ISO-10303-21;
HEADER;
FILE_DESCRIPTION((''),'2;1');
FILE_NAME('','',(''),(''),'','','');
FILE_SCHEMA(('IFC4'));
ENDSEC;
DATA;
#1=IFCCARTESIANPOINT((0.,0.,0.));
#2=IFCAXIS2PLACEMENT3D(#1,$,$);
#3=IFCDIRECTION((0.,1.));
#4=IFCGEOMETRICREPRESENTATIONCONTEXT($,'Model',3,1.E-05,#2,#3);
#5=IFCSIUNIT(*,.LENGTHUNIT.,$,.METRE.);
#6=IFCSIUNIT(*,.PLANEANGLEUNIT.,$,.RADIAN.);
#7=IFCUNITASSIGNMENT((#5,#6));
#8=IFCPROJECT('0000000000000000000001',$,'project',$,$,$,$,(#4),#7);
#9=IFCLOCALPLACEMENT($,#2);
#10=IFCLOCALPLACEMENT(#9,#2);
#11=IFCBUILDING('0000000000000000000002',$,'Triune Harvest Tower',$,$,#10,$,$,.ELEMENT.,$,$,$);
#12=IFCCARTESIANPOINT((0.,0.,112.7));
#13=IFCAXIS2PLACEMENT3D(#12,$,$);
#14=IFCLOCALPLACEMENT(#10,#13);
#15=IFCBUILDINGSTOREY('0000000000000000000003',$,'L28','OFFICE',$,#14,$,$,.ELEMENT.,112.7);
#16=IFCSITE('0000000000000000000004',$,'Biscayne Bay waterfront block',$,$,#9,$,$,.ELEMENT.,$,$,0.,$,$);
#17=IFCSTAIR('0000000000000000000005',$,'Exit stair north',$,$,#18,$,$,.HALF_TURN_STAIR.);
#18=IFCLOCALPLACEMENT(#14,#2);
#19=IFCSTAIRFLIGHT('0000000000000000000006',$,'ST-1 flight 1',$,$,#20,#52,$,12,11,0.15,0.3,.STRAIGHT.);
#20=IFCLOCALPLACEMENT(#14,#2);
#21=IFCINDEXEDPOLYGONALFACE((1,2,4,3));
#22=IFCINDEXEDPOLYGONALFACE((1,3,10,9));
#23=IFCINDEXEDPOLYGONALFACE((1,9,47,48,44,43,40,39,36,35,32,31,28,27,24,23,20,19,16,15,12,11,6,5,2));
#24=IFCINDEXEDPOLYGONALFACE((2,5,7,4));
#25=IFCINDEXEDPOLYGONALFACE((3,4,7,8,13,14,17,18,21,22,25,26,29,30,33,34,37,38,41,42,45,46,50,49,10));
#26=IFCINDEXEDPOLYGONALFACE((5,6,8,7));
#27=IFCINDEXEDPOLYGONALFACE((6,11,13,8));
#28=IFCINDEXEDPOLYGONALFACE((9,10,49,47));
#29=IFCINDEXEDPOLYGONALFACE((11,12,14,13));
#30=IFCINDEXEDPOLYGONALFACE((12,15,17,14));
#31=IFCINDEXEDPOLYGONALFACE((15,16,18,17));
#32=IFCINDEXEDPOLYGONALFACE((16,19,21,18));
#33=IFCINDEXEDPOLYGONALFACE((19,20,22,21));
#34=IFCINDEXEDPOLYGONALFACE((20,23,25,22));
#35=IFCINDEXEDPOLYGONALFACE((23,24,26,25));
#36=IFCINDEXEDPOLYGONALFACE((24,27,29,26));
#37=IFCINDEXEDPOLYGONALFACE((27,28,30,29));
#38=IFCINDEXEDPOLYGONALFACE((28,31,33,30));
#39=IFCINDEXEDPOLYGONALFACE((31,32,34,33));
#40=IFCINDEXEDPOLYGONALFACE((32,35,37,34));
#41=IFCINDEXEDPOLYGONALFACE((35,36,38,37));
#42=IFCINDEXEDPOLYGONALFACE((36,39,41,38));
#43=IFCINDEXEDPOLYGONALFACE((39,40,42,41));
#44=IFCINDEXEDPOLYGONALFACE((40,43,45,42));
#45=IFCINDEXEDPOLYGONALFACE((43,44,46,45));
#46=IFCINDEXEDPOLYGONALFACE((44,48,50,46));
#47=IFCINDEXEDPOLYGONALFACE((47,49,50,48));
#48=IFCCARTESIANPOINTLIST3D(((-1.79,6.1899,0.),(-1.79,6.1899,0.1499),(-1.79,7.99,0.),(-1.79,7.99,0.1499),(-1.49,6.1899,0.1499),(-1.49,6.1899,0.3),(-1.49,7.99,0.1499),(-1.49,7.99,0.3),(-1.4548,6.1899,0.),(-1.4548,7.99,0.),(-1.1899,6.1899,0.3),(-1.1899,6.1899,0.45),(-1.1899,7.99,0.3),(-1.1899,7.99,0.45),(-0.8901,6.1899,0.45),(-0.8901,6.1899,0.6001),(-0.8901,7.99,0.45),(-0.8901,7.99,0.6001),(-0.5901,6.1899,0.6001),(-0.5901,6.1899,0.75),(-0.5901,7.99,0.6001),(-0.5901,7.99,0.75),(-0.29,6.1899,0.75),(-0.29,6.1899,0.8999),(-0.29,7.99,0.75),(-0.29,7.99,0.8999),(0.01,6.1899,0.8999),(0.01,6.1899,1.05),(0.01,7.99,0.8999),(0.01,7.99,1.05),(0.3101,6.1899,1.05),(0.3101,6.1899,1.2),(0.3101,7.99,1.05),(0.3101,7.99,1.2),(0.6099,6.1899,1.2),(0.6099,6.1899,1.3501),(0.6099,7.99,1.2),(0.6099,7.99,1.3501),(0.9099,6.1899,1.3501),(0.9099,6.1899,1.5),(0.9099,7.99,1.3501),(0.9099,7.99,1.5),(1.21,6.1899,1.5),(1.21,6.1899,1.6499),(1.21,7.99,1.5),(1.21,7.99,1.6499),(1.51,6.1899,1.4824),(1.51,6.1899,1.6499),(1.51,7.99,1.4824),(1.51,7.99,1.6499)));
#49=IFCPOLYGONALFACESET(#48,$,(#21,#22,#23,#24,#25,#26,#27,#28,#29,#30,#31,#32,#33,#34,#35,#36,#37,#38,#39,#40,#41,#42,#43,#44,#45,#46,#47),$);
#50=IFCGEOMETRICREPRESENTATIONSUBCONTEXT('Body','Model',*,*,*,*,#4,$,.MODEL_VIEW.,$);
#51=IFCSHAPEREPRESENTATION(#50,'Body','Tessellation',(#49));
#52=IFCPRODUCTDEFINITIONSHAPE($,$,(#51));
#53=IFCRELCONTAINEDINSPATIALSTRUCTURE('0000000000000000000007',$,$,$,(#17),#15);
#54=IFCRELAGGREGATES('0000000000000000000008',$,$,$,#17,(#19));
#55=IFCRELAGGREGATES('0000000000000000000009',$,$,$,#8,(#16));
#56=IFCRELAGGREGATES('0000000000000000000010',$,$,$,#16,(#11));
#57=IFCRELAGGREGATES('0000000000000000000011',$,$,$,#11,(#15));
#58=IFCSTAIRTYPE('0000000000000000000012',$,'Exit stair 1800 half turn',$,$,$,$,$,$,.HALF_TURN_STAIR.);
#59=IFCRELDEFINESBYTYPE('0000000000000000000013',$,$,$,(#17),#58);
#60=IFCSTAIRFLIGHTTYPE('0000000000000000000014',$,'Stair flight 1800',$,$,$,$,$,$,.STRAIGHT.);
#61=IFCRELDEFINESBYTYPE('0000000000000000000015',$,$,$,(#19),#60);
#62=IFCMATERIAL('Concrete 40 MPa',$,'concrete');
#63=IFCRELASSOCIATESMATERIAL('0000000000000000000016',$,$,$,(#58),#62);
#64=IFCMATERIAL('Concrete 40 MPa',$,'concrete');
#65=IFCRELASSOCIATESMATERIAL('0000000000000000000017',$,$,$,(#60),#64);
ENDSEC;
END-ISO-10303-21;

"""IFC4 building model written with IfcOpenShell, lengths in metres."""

from ifc_helpers import new_model, si_unit, direction, frame, origin, place, context, subcontext, project, spatial, polyline, outline, extrude, source, transform, mapped, material, type_object, element, aggregate, save


model = new_model("IFC4")

# Units and contexts
model_context = context("Model", 3, precision=1e-05, world=origin(), true_north=direction((0.0, 1.0)))
body_context = subcontext(model_context, "Body", "Model", "MODEL_VIEW")
ifc_project = project(units=[si_unit("LENGTHUNIT", "METRE"), si_unit("PLANEANGLEUNIT", "RADIAN")], contexts=[model_context])

# Site, building, storey
site_placement = place(None, origin())
site = spatial("IfcSite", under=ifc_project, at=site_placement, Name="Biscayne Bay waterfront block", CompositionType="ELEMENT", RefElevation=0.0)
building_placement = place(site_placement, origin())
building = spatial("IfcBuilding", under=site, at=building_placement, Name="Triune Harvest Tower", CompositionType="ELEMENT")
storey_placement = place(building_placement, frame((0.0, 0.0, 112.7)))
storey = spatial("IfcBuildingStorey", under=building, at=storey_placement, Name="L28", Description="OFFICE", CompositionType="ELEMENT", Elevation=112.7)

# Stair
ifc_material_1 = material(Name="Concrete 40 MPa", Category="concrete")
stair_type = type_object("IfcStairType", Name="Exit stair 1800 half turn", PredefinedType="HALF_TURN_STAIR", material=ifc_material_1)
stair_1_placement = place(storey_placement, origin())
stair_1 = element("IfcStair", 1, at=stair_1_placement, inside=storey, type_object=stair_type, Name="Exit stair north", PredefinedType="HALF_TURN_STAIR")

# Stair flight
ifc_material_2 = material(Name="Concrete 40 MPa", Category="concrete")
stair_flight_type = type_object("IfcStairFlightType", Name="Stair flight 1800", PredefinedType="STRAIGHT", material=ifc_material_2)
shared_shape_1 = source(origin(), body_context, "Body", "SweptSolid", [
    extrude(outline(polyline([(0.0, 0.0), (0.0, 0.1499), (0.3, 0.1499), (0.3, 0.3), (0.6001, 0.3), (0.6001, 0.45), (0.8999, 0.45), (0.8999, 0.6001), (1.2, 0.6001), (1.2, 0.75), (1.5, 0.75), (1.5, 0.8999), (1.8, 0.8999), (1.8, 1.05), (2.1001, 1.05), (2.1001, 1.2), (2.3999, 1.2), (2.3999, 1.3501), (2.7, 1.3501), (2.7, 1.5), (3.0, 1.5), (3.0, 1.6499), (3.3, 1.6499), (3.3, 1.8), (3.3, 1.4824), (0.3352, 0.0), (0.0, 0.0)])), frame((0.0, 0.8999, 0.0), z_axis=(0.0, -1.0, 0.0), x_axis=(1.0, 0.0, 0.0)), (0.0, 0.0, 1.0), 1.8),
])
stair_flight_placement = place(storey_placement, frame((-1.79, 7.0901, 0.0), z_axis=(0.0, 0.0, 1.0), x_axis=(1.0, 0.0, 0.0)))
stair_flight = element("IfcStairFlight", 2, at=stair_flight_placement, type_object=stair_flight_type, Name="ST-1 flight 1", NumberOfRisers=12, NumberOfTreads=11, PredefinedType="STRAIGHT", RiserHeight=0.15, TreadLength=0.3, context=body_context, shape_type="MappedRepresentation", body=[
    mapped(shared_shape_1, transform((0.0, 0.0, 0.0), scale=1.0)),
])
aggregate(stair_1, [stair_flight])

save(model, "model.ifc")
